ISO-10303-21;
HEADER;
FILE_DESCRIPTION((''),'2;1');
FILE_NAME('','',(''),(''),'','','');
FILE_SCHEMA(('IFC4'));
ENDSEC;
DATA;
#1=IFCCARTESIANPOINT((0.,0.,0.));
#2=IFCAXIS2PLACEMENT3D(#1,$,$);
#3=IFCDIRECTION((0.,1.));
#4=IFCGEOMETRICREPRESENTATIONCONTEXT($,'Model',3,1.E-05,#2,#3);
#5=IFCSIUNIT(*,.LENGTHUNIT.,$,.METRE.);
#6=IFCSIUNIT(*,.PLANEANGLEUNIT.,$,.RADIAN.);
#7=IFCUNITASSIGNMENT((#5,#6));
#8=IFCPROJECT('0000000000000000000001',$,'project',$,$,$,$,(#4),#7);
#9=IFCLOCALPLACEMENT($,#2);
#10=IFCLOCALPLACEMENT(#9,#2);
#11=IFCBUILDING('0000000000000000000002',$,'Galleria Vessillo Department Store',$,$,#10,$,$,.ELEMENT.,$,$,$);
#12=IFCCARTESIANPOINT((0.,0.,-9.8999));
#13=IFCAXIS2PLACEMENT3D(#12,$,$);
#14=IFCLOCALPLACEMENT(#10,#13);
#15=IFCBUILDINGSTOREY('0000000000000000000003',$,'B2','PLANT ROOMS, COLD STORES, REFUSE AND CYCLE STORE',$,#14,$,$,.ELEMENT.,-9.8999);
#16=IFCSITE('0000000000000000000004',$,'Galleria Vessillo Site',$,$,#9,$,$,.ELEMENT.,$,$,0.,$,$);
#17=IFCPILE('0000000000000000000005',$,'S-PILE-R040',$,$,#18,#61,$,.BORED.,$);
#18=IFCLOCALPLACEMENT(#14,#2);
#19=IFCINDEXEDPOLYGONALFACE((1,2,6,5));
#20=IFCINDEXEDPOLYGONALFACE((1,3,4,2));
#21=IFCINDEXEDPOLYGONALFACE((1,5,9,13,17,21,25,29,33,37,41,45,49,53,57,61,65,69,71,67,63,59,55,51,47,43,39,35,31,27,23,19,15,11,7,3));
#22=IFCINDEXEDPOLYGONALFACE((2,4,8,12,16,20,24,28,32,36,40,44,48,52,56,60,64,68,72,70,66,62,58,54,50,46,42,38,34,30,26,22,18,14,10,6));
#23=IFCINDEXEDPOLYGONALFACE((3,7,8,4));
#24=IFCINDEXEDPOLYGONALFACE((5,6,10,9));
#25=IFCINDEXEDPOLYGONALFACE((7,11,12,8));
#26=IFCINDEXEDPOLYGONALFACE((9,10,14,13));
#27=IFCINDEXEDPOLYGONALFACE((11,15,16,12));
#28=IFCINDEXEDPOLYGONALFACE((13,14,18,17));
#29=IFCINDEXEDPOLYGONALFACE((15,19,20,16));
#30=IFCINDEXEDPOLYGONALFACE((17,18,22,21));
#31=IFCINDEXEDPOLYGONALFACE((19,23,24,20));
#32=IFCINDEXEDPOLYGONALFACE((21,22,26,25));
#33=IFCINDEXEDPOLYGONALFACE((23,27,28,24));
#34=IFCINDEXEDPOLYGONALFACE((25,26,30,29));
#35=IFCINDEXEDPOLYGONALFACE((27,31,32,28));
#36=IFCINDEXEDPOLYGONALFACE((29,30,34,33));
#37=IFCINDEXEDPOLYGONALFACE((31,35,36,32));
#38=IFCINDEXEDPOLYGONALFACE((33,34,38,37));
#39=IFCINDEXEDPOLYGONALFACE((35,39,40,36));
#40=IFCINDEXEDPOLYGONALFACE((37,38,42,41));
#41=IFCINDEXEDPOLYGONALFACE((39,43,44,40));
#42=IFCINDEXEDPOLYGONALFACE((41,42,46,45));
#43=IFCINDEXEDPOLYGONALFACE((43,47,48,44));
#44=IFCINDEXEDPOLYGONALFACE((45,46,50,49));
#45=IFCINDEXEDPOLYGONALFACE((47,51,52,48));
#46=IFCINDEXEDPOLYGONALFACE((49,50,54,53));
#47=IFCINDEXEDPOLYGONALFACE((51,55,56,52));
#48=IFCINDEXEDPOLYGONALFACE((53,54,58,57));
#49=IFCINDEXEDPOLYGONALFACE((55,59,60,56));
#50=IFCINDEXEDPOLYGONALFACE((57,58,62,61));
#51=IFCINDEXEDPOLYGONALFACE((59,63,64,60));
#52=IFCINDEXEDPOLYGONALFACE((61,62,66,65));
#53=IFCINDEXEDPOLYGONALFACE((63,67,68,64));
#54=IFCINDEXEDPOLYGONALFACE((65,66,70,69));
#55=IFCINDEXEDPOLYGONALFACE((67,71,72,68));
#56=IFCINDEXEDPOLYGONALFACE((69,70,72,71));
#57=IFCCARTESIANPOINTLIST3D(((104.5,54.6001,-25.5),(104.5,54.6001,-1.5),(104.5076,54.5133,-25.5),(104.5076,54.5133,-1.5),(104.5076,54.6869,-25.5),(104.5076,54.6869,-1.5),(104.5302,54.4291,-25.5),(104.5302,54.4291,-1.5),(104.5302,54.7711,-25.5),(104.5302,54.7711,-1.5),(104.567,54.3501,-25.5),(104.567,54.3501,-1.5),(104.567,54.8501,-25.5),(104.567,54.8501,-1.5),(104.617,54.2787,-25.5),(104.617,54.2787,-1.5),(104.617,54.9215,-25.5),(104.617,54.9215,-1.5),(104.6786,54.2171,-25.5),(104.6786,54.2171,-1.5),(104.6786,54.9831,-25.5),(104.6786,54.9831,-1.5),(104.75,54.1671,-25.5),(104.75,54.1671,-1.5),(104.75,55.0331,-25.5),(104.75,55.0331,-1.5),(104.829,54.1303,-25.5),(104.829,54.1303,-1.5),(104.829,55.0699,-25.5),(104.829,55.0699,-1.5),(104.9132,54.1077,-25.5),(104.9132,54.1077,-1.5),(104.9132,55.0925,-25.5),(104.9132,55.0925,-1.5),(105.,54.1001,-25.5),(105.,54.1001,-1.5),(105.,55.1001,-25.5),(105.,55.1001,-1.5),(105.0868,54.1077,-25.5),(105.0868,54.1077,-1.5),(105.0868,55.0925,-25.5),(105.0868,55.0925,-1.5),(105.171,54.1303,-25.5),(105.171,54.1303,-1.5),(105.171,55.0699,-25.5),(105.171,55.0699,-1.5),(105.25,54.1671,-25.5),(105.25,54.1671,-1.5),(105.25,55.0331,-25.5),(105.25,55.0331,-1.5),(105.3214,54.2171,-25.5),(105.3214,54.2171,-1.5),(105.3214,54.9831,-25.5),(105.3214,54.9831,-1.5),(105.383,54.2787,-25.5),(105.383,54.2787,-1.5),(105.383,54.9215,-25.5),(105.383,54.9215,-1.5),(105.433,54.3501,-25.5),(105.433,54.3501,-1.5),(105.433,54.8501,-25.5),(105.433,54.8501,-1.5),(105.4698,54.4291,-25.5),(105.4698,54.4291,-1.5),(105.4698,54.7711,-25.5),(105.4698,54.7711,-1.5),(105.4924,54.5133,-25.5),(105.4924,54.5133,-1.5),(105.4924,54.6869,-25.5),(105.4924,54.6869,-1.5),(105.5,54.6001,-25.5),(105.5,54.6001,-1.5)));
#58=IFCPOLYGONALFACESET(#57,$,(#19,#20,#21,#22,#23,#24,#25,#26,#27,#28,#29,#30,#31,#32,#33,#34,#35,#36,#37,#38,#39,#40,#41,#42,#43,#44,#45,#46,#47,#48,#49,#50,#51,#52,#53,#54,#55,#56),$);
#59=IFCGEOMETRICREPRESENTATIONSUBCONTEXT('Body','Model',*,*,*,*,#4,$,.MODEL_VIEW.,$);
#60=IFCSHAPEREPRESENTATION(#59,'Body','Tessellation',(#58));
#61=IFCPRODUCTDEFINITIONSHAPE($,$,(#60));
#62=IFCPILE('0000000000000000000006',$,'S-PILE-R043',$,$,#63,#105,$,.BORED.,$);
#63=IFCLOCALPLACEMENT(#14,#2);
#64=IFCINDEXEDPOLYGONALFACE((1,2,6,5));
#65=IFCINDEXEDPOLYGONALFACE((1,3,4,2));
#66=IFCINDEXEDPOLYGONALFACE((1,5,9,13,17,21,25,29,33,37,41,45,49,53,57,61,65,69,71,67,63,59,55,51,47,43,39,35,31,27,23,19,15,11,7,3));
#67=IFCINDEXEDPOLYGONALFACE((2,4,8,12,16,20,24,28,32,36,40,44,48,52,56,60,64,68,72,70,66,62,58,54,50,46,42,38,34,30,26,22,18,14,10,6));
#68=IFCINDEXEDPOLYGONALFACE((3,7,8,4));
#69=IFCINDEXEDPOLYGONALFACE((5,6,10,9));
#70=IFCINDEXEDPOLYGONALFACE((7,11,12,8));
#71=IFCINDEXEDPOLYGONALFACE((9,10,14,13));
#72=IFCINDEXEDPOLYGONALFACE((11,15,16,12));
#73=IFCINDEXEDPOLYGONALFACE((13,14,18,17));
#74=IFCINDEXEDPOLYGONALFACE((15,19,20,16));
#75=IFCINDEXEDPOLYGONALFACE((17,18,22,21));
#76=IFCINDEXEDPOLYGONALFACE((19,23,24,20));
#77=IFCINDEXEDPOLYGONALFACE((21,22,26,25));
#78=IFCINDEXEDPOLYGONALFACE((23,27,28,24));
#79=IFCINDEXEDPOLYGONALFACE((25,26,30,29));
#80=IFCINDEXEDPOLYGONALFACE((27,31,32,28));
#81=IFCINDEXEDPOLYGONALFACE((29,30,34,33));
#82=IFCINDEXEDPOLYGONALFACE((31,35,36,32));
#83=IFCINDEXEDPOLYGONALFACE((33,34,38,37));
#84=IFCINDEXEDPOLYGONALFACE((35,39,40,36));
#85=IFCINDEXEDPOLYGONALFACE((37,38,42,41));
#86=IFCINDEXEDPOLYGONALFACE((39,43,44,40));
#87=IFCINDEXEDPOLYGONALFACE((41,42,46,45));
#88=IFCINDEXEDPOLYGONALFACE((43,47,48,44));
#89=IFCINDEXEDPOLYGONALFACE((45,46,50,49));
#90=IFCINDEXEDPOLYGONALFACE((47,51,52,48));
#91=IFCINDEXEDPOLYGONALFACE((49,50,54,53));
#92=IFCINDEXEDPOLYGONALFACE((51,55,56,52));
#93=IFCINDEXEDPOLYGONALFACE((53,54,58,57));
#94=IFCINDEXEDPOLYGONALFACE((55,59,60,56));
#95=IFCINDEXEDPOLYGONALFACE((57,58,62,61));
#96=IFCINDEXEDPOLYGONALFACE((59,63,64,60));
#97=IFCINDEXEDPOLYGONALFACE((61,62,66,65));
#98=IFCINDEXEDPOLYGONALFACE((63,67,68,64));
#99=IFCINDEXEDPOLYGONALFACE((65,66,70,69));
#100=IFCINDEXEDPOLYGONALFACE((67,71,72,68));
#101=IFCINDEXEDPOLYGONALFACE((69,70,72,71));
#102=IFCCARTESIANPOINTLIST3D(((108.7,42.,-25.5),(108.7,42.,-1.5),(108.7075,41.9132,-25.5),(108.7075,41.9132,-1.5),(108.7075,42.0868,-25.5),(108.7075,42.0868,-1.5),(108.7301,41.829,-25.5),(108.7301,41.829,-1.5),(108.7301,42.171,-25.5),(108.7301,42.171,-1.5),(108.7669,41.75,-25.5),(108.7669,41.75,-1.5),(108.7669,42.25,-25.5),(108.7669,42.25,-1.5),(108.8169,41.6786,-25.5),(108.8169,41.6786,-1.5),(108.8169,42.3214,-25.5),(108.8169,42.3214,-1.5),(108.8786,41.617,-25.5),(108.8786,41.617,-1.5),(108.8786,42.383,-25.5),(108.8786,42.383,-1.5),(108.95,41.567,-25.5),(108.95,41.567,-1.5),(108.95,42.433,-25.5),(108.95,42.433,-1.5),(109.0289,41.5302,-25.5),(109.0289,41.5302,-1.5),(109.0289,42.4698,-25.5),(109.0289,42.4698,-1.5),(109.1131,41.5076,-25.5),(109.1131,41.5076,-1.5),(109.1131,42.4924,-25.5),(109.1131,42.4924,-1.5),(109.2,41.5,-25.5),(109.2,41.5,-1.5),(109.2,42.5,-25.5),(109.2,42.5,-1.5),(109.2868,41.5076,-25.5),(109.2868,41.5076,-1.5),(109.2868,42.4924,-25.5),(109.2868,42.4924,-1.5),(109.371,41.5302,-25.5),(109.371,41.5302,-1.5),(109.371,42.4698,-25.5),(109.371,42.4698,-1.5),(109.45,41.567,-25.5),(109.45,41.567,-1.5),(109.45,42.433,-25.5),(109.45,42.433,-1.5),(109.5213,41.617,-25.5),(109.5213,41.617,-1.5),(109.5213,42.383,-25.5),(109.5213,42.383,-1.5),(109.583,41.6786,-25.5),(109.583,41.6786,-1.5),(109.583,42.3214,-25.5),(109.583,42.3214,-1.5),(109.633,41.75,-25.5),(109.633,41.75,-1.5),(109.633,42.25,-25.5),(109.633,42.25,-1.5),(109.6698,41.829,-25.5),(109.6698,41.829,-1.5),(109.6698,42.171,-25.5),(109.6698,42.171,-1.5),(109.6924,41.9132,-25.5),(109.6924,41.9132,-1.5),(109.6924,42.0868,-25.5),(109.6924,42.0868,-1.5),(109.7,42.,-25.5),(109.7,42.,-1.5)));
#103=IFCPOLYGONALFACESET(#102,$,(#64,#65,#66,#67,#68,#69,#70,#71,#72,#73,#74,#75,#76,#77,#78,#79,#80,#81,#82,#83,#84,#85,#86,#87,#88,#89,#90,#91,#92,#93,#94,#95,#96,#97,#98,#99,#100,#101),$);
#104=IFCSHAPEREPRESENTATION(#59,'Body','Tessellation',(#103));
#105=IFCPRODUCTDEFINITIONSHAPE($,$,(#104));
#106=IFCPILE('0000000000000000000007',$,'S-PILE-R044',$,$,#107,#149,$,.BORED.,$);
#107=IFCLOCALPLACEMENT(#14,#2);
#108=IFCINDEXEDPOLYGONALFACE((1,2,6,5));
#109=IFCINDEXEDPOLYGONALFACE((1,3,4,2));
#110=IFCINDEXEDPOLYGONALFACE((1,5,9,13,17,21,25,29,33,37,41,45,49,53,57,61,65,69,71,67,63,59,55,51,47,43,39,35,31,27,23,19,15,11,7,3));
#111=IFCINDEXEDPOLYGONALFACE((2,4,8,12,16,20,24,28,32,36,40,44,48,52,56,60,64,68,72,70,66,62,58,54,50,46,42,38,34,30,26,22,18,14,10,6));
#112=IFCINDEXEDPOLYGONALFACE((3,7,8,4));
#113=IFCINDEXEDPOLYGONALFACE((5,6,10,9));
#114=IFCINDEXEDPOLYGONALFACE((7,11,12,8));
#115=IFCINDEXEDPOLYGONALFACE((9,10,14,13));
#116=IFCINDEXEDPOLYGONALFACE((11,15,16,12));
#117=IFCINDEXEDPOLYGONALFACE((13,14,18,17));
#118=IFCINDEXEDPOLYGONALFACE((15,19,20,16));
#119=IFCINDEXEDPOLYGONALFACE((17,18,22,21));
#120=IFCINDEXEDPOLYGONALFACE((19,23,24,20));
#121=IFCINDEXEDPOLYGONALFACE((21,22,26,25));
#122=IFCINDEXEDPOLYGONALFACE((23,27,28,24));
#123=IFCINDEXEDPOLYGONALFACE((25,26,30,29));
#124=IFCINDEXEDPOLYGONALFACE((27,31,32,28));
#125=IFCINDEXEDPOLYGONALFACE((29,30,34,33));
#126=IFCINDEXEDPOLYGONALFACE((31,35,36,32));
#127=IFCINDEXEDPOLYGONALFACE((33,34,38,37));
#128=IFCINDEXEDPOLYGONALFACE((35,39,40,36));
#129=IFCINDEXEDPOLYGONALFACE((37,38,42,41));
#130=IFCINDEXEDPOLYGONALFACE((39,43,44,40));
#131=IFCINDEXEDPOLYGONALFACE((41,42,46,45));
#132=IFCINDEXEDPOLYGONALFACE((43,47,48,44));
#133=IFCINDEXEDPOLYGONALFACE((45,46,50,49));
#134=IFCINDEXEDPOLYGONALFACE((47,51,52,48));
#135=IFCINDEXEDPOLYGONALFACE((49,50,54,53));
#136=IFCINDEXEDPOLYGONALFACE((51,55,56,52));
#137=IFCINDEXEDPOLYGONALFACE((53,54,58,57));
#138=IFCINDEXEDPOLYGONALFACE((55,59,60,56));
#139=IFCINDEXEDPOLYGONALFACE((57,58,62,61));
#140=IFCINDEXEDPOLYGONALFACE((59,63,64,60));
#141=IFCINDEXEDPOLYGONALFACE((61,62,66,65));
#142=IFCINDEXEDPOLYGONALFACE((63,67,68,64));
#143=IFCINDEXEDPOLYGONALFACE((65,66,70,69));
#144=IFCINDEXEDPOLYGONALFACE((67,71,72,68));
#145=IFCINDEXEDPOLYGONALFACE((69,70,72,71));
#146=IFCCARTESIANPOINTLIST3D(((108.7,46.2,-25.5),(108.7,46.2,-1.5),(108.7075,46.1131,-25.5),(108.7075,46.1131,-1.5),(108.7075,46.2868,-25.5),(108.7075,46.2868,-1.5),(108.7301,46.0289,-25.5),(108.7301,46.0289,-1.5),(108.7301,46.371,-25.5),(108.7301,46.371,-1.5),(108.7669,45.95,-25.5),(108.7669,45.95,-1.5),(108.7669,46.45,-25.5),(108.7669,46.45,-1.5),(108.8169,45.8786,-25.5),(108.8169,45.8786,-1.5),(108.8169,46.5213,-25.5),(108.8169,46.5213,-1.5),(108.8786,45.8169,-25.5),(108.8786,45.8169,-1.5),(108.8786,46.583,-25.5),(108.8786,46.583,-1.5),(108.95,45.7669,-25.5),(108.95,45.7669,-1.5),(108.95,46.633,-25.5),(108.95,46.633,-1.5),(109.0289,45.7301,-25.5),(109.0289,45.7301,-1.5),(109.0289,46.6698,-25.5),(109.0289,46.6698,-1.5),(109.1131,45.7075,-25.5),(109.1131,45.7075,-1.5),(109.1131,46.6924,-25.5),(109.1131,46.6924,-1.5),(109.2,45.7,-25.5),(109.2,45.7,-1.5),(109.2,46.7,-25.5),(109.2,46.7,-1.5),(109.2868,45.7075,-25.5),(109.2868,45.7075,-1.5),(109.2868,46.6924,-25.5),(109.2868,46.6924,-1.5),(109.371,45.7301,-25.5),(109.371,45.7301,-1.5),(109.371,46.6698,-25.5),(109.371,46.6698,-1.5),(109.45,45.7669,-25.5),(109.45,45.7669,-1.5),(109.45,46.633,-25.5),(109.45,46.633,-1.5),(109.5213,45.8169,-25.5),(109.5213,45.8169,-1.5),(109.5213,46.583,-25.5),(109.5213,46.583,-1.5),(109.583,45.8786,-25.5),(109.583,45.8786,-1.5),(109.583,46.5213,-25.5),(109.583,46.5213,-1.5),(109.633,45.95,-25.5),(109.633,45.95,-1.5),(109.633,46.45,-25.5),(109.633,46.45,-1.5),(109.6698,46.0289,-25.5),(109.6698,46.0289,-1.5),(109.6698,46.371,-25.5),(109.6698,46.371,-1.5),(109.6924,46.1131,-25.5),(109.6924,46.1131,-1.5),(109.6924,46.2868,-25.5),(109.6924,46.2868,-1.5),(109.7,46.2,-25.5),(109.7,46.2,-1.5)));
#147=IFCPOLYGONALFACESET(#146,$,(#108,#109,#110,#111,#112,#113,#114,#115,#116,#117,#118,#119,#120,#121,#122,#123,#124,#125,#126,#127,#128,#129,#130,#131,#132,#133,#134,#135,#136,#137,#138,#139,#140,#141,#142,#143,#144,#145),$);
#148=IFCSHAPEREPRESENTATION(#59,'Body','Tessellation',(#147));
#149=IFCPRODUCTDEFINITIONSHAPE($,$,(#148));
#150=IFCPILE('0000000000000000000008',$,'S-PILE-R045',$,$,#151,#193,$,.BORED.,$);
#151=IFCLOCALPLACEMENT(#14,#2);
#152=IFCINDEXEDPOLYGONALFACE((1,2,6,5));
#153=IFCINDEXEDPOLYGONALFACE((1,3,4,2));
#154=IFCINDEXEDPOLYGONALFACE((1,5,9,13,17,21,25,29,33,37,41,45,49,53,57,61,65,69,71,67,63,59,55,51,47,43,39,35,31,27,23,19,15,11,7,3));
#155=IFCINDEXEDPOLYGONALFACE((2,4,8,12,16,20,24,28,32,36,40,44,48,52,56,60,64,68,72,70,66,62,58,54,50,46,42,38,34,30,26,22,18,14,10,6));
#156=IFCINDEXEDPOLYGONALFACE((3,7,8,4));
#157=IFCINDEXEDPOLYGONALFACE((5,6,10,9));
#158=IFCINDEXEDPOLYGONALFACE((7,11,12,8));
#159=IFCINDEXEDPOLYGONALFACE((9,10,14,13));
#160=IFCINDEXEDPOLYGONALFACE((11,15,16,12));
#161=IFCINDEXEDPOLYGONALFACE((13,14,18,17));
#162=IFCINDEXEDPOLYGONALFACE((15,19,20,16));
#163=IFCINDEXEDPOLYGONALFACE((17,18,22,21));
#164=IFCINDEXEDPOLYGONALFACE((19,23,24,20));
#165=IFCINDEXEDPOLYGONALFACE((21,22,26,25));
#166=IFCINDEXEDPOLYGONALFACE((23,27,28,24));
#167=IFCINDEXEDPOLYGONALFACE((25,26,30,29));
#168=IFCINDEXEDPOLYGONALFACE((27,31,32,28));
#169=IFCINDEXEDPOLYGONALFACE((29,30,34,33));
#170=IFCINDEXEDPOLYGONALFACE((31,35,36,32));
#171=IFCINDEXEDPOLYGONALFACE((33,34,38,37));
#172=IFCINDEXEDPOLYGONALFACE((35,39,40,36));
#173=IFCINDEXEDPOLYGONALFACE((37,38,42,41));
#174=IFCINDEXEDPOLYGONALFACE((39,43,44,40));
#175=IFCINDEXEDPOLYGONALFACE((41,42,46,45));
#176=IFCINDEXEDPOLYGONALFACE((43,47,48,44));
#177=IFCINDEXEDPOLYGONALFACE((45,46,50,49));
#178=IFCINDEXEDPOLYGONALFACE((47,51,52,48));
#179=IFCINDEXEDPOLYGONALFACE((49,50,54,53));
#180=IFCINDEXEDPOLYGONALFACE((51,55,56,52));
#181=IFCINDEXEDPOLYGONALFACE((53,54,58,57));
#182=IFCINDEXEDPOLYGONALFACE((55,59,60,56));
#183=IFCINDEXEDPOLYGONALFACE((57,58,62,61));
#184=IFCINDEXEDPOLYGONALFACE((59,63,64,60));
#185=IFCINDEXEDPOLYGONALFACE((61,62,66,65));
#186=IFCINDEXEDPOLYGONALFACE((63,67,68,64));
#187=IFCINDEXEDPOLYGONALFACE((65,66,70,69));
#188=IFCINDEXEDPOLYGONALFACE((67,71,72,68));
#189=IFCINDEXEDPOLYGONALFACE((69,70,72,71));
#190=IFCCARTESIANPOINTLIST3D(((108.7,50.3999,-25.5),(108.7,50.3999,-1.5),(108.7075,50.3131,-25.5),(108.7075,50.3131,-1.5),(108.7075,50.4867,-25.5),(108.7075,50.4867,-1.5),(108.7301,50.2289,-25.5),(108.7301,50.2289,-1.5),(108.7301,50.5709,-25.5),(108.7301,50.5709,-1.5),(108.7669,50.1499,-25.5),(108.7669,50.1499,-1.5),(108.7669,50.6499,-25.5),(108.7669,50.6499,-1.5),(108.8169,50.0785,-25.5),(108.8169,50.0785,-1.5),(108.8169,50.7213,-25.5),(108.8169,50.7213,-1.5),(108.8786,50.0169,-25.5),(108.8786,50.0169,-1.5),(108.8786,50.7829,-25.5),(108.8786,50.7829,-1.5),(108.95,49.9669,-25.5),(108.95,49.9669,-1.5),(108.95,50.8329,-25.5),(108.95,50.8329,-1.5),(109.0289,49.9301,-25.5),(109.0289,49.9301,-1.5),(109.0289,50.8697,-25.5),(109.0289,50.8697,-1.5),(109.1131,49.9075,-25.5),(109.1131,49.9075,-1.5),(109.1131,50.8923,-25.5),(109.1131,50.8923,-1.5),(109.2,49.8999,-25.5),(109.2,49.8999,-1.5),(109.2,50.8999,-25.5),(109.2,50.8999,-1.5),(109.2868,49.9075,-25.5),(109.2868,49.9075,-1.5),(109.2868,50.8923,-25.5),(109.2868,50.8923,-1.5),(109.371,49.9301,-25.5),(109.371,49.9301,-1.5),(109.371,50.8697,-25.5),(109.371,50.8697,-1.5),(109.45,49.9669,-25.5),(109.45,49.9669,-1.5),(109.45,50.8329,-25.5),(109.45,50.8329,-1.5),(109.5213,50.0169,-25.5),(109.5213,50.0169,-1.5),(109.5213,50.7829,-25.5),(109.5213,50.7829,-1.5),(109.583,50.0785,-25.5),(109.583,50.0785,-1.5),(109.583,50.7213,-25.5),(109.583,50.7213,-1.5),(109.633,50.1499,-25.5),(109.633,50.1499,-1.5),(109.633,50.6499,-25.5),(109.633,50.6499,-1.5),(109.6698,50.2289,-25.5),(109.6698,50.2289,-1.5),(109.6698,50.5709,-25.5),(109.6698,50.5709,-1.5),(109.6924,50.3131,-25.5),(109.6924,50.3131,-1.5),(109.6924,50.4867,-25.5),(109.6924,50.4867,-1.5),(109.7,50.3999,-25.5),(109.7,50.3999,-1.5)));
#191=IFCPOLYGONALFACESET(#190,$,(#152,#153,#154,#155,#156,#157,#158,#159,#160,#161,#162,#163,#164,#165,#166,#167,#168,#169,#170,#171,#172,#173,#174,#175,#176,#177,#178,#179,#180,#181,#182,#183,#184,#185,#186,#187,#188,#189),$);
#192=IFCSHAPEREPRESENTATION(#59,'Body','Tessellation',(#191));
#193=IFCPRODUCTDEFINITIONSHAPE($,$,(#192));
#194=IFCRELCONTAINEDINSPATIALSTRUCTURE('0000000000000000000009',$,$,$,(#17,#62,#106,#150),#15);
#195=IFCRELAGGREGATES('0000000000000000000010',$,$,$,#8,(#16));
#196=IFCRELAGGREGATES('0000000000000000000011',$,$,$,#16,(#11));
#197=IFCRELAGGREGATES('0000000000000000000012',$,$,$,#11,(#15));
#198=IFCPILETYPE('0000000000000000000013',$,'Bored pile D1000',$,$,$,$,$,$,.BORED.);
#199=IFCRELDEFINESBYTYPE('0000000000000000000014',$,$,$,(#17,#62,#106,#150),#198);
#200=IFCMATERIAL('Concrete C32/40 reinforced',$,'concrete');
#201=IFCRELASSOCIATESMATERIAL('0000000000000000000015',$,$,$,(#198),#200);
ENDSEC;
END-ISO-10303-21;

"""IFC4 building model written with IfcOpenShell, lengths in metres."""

from ifc_helpers import new_model, si_unit, direction, frame, origin, origin_2d, place, context, subcontext, project, spatial, circle, extrude, material, material_profile, profile_set, type_object, element, save


model = new_model("IFC4")

# Units and contexts
model_context = context("Model", 3, precision=1e-05, world=origin(), true_north=direction((0.0, 1.0)))
body_context = subcontext(model_context, "Body", "Model", "MODEL_VIEW")
ifc_project = project(units=[si_unit("LENGTHUNIT", "METRE"), si_unit("PLANEANGLEUNIT", "RADIAN")], contexts=[model_context])

# Site, building, storey
site_placement = place(None, origin())
site = spatial("IfcSite", under=ifc_project, at=site_placement, Name="Galleria Vessillo Site", CompositionType="ELEMENT", RefElevation=0.0)
building_placement = place(site_placement, origin())
building = spatial("IfcBuilding", under=site, at=building_placement, Name="Galleria Vessillo Department Store", CompositionType="ELEMENT")
storey_placement = place(building_placement, frame((0.0, 0.0, -9.8999)))
storey = spatial("IfcBuildingStorey", under=building, at=storey_placement, Name="B2", Description="PLANT ROOMS, COLD STORES, REFUSE AND CYCLE STORE", CompositionType="ELEMENT", Elevation=-9.8999)

# Piles
ifc_material_1 = material(Name="Concrete C32/40 reinforced", Category="concrete")
ifc_material_profile_1 = material_profile(ifc_material_1, circle(Radius=0.5, at=origin_2d()), Name="Bored pile D1000")
ifc_profile_set_1 = profile_set([ifc_material_profile_1], Name="Concrete C32/40 reinforced")
pile_type = type_object("IfcPileType", Name="Bored pile D1000", PredefinedType="BORED", material=ifc_profile_set_1)
for number, where, z_axis, x_axis, name in (
    (1, (105.0, 54.6001, -1.5), (0.0, 0.0, -1.0), (1.0, 0.0, 0.0), "S-PILE-R040"),
    (2, (109.2, 42.0, -1.5), (0.0, 0.0, -1.0), (1.0, 0.0, 0.0), "S-PILE-R043"),
    (3, (109.2, 46.2, -1.5), (0.0, 0.0, -1.0), (1.0, 0.0, 0.0), "S-PILE-R044"),
    (4, (109.2, 50.3999, -1.5), (0.0, 0.0, -1.0), (1.0, 0.0, 0.0), "S-PILE-R045"),
):
    element("IfcPile", number, at=place(storey_placement, frame(where, z_axis=z_axis, x_axis=x_axis)), inside=storey, type_object=pile_type, Name=name, PredefinedType="BORED", context=body_context, shape_type="SweptSolid", body=[
        extrude(circle(Radius=0.5, at=origin_2d()), origin(), (0.0, 0.0, 1.0), 24.0),
    ])

save(model, "model.ifc")
